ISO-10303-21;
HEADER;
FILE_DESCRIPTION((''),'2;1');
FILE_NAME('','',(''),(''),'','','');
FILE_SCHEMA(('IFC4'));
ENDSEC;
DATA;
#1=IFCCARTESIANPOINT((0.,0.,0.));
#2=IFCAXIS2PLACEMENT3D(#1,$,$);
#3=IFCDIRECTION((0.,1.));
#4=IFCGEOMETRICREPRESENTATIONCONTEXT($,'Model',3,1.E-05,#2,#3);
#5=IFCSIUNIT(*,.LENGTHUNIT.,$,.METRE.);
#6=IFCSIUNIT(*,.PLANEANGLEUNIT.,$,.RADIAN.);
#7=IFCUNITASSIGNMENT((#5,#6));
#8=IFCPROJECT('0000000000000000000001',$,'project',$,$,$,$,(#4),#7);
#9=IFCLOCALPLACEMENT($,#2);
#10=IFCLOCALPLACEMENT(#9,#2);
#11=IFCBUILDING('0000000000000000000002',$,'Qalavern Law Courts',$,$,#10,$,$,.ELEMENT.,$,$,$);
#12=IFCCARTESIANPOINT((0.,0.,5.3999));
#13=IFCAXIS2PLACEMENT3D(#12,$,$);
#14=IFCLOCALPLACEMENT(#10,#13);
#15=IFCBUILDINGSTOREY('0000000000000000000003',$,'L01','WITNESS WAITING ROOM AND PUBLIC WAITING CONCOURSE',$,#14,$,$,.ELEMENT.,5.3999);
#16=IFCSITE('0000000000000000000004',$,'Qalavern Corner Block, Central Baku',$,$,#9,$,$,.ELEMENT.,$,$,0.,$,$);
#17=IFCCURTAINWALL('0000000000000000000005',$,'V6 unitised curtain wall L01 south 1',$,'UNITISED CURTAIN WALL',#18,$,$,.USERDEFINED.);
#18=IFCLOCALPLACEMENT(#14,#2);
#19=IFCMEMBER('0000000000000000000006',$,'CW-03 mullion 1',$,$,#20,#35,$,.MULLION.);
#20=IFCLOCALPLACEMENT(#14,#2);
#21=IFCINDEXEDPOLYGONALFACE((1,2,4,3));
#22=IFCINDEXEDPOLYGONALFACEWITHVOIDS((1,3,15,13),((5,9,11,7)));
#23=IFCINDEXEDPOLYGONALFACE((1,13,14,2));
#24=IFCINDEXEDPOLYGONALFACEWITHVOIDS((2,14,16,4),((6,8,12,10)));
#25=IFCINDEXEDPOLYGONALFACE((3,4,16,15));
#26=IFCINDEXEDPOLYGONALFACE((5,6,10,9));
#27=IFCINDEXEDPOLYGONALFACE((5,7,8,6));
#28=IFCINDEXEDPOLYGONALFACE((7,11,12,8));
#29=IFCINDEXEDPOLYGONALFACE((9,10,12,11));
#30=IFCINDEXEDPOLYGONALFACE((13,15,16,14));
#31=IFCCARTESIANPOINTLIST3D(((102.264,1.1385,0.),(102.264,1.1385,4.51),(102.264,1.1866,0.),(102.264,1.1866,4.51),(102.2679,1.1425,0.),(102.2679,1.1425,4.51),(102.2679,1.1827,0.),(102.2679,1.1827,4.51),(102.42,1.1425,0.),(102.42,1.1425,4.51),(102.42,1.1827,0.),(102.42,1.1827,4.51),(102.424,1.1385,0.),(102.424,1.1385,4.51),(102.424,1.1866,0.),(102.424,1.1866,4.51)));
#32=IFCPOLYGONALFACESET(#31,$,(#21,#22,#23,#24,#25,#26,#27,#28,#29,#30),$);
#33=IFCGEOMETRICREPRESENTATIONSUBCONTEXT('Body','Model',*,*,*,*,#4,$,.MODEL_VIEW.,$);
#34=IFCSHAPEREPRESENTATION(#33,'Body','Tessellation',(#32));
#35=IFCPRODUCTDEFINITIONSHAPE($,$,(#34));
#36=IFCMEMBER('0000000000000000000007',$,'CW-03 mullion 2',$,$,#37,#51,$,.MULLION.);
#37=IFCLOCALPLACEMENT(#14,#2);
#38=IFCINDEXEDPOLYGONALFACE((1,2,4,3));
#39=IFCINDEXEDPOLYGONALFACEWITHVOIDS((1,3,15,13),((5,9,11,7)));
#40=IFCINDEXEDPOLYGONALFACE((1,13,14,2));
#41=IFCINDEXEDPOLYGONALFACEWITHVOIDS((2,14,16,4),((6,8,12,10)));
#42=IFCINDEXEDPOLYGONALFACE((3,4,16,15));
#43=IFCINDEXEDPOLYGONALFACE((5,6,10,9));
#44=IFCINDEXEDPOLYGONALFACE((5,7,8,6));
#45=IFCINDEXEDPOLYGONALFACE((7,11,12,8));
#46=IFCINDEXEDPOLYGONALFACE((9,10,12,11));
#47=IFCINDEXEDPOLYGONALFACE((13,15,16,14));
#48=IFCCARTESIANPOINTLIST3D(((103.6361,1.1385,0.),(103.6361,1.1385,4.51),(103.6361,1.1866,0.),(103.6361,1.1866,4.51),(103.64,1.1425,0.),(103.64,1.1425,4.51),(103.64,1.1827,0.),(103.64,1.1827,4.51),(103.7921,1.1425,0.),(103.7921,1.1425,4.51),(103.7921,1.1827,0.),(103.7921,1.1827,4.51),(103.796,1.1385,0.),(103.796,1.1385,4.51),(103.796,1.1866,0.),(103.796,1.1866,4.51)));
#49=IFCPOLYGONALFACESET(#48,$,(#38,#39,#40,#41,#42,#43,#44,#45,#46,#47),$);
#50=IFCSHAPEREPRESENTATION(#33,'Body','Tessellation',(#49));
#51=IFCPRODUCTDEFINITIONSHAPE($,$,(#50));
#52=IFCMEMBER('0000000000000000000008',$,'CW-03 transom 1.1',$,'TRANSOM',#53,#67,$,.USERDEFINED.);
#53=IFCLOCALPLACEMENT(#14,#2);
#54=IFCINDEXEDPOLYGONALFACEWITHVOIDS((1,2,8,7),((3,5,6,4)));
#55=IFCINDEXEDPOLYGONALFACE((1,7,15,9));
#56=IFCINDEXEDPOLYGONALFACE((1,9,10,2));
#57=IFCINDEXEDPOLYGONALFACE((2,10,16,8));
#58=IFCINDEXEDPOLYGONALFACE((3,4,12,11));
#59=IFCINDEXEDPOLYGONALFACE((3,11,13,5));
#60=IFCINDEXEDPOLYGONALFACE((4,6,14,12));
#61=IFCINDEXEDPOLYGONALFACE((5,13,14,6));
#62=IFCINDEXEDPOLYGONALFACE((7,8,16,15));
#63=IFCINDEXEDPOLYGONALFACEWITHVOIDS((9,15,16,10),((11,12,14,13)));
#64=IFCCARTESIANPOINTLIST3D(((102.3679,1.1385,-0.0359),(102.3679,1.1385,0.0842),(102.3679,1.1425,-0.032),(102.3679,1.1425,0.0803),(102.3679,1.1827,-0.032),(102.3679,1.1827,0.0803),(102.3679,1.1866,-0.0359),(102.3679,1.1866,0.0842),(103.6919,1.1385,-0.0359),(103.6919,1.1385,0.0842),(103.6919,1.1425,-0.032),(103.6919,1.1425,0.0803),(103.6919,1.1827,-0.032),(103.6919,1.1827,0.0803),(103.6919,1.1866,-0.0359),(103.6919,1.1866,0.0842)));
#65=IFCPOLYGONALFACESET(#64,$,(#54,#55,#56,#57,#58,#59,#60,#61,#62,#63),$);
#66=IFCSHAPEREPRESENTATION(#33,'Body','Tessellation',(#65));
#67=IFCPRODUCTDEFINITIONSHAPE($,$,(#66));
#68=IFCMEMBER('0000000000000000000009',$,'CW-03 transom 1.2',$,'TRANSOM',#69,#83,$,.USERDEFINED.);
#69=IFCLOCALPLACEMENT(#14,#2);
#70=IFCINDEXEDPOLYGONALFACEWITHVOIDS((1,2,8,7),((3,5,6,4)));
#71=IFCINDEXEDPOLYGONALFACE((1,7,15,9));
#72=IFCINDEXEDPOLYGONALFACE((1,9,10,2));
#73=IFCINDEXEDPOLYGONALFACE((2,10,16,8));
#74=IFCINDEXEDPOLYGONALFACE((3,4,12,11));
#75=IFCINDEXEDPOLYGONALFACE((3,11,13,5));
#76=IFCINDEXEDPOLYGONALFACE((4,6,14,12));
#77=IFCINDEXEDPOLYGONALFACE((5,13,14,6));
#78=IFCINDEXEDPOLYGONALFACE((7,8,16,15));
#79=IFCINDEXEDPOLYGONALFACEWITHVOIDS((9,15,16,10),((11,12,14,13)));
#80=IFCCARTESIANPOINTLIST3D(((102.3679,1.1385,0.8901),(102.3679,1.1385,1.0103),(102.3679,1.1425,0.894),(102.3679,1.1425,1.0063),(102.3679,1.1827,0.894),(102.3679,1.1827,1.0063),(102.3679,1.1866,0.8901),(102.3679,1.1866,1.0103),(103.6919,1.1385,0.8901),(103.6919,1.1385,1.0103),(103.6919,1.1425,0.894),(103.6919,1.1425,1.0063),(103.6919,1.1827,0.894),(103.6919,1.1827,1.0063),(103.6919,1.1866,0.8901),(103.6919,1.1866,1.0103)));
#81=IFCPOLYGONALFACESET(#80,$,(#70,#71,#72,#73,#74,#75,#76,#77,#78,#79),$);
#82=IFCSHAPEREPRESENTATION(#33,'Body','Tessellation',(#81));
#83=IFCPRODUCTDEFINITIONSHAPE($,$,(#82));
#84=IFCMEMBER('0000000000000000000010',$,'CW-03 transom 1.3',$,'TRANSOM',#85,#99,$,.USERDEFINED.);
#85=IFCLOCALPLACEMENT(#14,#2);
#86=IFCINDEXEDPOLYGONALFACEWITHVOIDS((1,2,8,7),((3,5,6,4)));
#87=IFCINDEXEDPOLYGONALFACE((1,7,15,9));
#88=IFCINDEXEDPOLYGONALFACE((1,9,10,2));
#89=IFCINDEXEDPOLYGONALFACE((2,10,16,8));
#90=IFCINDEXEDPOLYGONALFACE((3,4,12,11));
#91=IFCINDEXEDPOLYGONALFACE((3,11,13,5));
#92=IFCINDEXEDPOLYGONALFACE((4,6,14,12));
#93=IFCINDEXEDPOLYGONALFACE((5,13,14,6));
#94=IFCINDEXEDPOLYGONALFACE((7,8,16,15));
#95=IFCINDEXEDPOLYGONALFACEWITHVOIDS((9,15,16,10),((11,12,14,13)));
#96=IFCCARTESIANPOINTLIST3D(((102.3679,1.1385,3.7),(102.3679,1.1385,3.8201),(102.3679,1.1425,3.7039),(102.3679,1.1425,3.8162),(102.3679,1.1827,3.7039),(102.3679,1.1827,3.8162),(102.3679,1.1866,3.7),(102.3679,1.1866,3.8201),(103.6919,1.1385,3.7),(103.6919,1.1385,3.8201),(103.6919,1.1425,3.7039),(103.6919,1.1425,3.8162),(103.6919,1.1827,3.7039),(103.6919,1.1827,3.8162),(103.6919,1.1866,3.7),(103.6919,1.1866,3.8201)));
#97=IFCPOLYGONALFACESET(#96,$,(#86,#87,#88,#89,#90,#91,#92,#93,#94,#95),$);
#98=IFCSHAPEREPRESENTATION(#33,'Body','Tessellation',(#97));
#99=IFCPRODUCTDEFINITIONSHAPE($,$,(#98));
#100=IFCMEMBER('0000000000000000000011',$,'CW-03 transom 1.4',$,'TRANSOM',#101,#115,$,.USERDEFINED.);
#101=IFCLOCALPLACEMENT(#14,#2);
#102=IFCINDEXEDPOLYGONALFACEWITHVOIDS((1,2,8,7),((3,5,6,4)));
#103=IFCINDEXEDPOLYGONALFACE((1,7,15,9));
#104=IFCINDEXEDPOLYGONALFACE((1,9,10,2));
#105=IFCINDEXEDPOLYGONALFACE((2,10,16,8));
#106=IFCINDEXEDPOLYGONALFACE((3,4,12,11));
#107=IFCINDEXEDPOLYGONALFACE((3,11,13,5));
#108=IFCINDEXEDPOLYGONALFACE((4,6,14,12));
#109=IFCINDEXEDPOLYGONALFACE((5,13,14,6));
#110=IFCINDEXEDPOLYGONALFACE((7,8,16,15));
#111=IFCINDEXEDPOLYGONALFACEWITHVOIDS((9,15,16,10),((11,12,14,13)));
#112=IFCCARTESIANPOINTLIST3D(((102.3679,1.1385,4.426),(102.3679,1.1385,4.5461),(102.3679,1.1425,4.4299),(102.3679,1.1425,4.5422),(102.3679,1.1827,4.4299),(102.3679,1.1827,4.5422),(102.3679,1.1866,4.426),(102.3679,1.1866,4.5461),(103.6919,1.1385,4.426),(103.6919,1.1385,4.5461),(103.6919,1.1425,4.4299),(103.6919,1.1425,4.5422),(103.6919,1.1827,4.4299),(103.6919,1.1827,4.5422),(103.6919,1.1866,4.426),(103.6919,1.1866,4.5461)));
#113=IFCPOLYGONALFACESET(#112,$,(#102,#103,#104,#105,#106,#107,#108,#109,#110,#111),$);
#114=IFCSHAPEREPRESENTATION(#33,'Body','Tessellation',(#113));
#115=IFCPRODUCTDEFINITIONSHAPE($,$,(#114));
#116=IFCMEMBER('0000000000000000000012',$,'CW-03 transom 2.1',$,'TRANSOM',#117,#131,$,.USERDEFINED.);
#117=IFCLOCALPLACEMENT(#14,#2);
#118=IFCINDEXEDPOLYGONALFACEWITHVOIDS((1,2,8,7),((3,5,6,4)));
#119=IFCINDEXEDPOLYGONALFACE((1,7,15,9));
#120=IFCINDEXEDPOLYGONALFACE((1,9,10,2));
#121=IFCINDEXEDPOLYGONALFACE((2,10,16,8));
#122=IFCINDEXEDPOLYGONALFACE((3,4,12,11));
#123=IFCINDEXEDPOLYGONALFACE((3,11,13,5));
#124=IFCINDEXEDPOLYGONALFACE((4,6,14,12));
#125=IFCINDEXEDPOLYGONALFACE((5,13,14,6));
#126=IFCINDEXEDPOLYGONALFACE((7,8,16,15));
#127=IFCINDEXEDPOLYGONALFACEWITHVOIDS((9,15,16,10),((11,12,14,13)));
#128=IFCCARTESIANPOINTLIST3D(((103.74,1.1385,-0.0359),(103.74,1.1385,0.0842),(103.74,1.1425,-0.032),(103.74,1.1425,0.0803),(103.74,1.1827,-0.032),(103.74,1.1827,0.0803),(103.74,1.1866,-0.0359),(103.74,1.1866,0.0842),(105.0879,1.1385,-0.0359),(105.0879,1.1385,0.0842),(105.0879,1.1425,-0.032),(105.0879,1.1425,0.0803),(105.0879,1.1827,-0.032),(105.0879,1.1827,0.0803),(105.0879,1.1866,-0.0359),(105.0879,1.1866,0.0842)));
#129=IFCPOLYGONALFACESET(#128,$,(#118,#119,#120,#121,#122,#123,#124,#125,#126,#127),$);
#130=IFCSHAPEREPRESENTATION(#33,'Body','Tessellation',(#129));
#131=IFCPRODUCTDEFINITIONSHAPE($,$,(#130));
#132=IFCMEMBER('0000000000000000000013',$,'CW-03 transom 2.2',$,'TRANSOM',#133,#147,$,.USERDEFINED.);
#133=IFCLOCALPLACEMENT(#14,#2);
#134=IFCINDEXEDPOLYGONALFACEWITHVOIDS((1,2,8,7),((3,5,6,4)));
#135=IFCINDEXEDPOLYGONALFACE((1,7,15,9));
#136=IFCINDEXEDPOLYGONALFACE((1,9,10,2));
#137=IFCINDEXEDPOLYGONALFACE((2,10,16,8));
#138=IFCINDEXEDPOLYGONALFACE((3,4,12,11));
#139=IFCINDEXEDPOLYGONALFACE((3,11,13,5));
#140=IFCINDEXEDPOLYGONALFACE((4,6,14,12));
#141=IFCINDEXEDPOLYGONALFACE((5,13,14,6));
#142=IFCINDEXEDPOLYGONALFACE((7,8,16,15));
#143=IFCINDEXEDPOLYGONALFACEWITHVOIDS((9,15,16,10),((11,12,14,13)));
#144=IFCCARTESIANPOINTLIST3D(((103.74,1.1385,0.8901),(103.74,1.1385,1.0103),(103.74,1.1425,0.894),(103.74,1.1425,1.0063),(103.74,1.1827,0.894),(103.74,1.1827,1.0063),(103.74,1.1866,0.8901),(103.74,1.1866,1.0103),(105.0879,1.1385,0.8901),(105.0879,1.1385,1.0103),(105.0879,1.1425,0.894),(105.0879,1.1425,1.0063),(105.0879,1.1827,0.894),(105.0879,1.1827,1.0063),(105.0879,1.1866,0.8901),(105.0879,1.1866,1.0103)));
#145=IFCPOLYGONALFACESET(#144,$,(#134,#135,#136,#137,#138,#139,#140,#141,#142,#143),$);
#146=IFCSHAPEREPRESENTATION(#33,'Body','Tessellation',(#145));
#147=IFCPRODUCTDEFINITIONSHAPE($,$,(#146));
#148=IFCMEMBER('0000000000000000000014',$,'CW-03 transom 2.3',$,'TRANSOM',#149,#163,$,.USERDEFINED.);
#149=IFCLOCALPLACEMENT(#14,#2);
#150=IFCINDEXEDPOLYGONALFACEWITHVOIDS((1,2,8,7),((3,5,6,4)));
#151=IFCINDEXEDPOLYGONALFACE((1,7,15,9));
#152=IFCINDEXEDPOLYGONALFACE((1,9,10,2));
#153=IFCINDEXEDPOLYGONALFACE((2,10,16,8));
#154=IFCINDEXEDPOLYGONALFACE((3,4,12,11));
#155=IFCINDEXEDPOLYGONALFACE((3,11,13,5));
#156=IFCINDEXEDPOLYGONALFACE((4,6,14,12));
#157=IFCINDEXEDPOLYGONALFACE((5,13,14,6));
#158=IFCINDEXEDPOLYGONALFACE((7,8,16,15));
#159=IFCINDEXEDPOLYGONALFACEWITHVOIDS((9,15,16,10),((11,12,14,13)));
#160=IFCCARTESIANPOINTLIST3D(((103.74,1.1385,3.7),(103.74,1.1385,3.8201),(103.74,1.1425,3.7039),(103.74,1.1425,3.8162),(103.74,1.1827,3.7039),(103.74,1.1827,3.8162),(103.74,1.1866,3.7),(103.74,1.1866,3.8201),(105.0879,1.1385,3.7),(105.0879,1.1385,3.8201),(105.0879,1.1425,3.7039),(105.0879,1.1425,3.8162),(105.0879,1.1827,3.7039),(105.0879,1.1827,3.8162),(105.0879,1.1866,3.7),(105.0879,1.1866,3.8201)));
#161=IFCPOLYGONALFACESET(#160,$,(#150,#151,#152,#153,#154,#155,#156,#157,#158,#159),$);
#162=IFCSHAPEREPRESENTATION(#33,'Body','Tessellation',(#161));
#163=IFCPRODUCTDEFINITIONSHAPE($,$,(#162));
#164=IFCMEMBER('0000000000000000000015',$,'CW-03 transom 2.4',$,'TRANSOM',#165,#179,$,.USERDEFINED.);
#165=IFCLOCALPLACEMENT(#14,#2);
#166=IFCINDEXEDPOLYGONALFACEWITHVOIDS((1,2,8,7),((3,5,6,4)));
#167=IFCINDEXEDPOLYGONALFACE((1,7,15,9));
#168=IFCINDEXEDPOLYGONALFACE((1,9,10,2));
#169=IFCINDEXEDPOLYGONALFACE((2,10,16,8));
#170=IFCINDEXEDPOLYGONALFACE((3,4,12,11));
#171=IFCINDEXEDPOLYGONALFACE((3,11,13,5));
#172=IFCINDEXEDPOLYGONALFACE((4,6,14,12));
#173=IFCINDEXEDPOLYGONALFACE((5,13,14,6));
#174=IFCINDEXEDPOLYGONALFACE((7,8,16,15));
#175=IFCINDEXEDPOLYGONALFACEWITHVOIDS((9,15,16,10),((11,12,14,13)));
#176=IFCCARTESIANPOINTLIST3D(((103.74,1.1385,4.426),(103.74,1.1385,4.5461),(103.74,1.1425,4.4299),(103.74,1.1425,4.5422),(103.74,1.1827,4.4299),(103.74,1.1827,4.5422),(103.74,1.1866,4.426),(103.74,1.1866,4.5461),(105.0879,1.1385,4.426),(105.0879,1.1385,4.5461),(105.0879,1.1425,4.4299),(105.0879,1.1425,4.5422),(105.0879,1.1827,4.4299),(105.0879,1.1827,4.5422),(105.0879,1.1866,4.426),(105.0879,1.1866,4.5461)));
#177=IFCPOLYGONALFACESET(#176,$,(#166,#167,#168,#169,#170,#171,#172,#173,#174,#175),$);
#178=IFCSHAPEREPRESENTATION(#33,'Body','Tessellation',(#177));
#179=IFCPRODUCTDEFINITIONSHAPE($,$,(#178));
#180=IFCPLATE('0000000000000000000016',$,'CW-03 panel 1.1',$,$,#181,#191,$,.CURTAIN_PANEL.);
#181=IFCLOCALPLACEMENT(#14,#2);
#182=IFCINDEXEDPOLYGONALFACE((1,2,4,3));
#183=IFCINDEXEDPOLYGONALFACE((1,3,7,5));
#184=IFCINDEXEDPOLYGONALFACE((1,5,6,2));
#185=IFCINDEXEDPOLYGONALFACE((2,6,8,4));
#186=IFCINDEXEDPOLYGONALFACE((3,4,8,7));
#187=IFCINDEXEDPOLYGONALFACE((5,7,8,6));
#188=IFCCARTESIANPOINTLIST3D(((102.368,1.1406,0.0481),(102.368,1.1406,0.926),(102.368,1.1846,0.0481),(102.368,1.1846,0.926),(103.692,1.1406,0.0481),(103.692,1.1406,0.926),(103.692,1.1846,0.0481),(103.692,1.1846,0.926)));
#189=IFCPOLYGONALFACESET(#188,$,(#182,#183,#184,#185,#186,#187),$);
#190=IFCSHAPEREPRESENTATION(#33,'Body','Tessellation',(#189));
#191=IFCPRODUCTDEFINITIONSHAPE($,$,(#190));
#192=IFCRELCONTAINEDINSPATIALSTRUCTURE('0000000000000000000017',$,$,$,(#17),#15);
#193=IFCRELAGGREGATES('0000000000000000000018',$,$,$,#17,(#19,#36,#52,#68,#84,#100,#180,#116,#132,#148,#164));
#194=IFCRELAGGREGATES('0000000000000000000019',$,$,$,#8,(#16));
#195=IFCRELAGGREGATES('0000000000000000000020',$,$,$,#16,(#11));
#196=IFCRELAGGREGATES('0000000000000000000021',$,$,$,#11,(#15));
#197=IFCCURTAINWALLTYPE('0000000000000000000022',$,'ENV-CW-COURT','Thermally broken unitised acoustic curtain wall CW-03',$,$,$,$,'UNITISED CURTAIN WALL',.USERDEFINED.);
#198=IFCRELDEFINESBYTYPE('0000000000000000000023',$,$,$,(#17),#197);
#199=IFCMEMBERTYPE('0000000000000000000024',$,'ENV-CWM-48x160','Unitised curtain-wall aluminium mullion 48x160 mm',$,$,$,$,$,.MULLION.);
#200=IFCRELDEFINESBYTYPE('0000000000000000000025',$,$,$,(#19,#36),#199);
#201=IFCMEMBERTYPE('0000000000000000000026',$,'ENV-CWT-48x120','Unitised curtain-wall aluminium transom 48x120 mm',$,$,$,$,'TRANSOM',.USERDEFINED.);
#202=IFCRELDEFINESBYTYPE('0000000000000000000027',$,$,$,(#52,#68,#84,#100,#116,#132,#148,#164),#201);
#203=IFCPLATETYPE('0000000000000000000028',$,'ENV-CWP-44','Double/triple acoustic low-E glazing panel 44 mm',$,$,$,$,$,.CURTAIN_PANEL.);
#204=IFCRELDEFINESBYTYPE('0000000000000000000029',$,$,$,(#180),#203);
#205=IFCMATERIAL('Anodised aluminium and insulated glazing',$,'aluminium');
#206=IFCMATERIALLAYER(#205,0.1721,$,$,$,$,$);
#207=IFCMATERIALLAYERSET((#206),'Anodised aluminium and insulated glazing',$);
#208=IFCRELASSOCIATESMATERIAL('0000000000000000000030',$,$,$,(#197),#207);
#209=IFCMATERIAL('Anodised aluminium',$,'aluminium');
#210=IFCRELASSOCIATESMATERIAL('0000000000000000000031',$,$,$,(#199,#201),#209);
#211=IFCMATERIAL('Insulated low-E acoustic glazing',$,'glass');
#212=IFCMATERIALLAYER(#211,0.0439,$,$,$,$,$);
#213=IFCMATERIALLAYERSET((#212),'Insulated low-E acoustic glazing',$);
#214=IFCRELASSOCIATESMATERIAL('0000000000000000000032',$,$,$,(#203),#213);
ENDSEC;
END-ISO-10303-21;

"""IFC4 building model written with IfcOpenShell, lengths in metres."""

from ifc_helpers import new_model, si_unit, direction, frame, origin, origin_2d, place, context, subcontext, project, spatial, rectangle, hollow_rectangle, extrude, material, layer, layer_set, material_profile, profile_set, type_object, element, aggregate, save


model = new_model("IFC4")

# Units and contexts
model_context = context("Model", 3, precision=1e-05, world=origin(), true_north=direction((0.0, 1.0)))
body_context = subcontext(model_context, "Body", "Model", "MODEL_VIEW")
ifc_project = project(units=[si_unit("LENGTHUNIT", "METRE"), si_unit("PLANEANGLEUNIT", "RADIAN")], contexts=[model_context])

# Site, building, storey
site_placement = place(None, origin())
site = spatial("IfcSite", under=ifc_project, at=site_placement, Name="Qalavern Corner Block, Central Baku", CompositionType="ELEMENT", RefElevation=0.0)
building_placement = place(site_placement, origin())
building = spatial("IfcBuilding", under=site, at=building_placement, Name="Qalavern Law Courts", CompositionType="ELEMENT")
storey_placement = place(building_placement, frame((0.0, 0.0, 5.3999)))
storey = spatial("IfcBuildingStorey", under=building, at=storey_placement, Name="L01", Description="WITNESS WAITING ROOM AND PUBLIC WAITING CONCOURSE", CompositionType="ELEMENT", Elevation=5.3999)

# Curtain wall, members, plate
ifc_material_1 = material(Name="Anodised aluminium and insulated glazing", Category="aluminium")
ifc_layer_1 = layer(ifc_material_1, 0.1721)
ifc_layer_set_1 = layer_set([ifc_layer_1], Name="Anodised aluminium and insulated glazing")
curtain_wall_type = type_object("IfcCurtainWallType", Name="ENV-CW-COURT", Description="Thermally broken unitised acoustic curtain wall CW-03", ElementType="UNITISED CURTAIN WALL", PredefinedType="USERDEFINED", material=ifc_layer_set_1)
curtain_wall_placement = place(storey_placement, origin())
curtain_wall = element("IfcCurtainWall", 1, at=curtain_wall_placement, inside=storey, type_object=curtain_wall_type, Name="V6 unitised curtain wall L01 south 1", ObjectType="UNITISED CURTAIN WALL", PredefinedType="USERDEFINED")
ifc_material_2 = material(Name="Anodised aluminium", Category="aluminium")
ifc_material_profile_1 = material_profile(ifc_material_2, hollow_rectangle(XDim=0.0481, YDim=0.1599, WallThickness=0.0039, at=origin_2d()), Name="ALU MULLION 48x160")
ifc_profile_set_1 = profile_set([ifc_material_profile_1], Name="Anodised aluminium")
member_type_1 = type_object("IfcMemberType", Name="ENV-CWM-48x160", Description="Unitised curtain-wall aluminium mullion 48x160 mm", PredefinedType="MULLION", material=ifc_profile_set_1)
member_1_placement = place(storey_placement, frame((102.344, 1.1626, 0.0), z_axis=(0.0, 0.0, 1.0), x_axis=(0.0, 1.0, 0.0)))
member_1 = element("IfcMember", 2, at=member_1_placement, type_object=member_type_1, Name="CW-03 mullion 1", PredefinedType="MULLION", context=body_context, shape_type="SweptSolid", body=[
    extrude(hollow_rectangle(XDim=0.0481, YDim=0.1599, WallThickness=0.0039, at=origin_2d()), origin(), (0.0, 0.0, 1.0), 4.51),
])
member_2_placement = place(storey_placement, frame((103.7161, 1.1626, 0.0), z_axis=(0.0, 0.0, 1.0), x_axis=(0.0, 1.0, 0.0)))
member_2 = element("IfcMember", 3, at=member_2_placement, type_object=member_type_1, Name="CW-03 mullion 2", PredefinedType="MULLION", context=body_context, shape_type="SweptSolid", body=[
    extrude(hollow_rectangle(XDim=0.0481, YDim=0.1599, WallThickness=0.0039, at=origin_2d()), origin(), (0.0, 0.0, 1.0), 4.51),
])
ifc_material_profile_2 = material_profile(ifc_material_2, hollow_rectangle(XDim=0.0481, YDim=0.1201, WallThickness=0.0039, at=origin_2d()), Name="ALU TRANSOM 48x120")
ifc_profile_set_2 = profile_set([ifc_material_profile_2], Name="Anodised aluminium")
member_type_2 = type_object("IfcMemberType", Name="ENV-CWT-48x120", Description="Unitised curtain-wall aluminium transom 48x120 mm", ElementType="TRANSOM", PredefinedType="USERDEFINED", material=ifc_profile_set_2)
member_3_placement = place(storey_placement, frame((102.3679, 1.1626, 0.0242), z_axis=(1.0, 0.0, 0.0), x_axis=(0.0, 1.0, 0.0)))
member_3 = element("IfcMember", 4, at=member_3_placement, type_object=member_type_2, Name="CW-03 transom 1.1", ObjectType="TRANSOM", PredefinedType="USERDEFINED", context=body_context, shape_type="SweptSolid", body=[
    extrude(hollow_rectangle(XDim=0.0481, YDim=0.1201, WallThickness=0.0039, at=origin_2d()), origin(), (0.0, 0.0, 1.0), 1.324),
])
member_4_placement = place(storey_placement, frame((102.3679, 1.1626, 0.9502), z_axis=(1.0, 0.0, 0.0), x_axis=(0.0, 1.0, 0.0)))
member_4 = element("IfcMember", 5, at=member_4_placement, type_object=member_type_2, Name="CW-03 transom 1.2", ObjectType="TRANSOM", PredefinedType="USERDEFINED", context=body_context, shape_type="SweptSolid", body=[
    extrude(hollow_rectangle(XDim=0.0481, YDim=0.1201, WallThickness=0.0039, at=origin_2d()), origin(), (0.0, 0.0, 1.0), 1.324),
])
member_5_placement = place(storey_placement, frame((102.3679, 1.1626, 3.76), z_axis=(1.0, 0.0, 0.0), x_axis=(0.0, 1.0, 0.0)))
member_5 = element("IfcMember", 6, at=member_5_placement, type_object=member_type_2, Name="CW-03 transom 1.3", ObjectType="TRANSOM", PredefinedType="USERDEFINED", context=body_context, shape_type="SweptSolid", body=[
    extrude(hollow_rectangle(XDim=0.0481, YDim=0.1201, WallThickness=0.0039, at=origin_2d()), origin(), (0.0, 0.0, 1.0), 1.324),
])
member_6_placement = place(storey_placement, frame((102.3679, 1.1626, 4.4861), z_axis=(1.0, 0.0, 0.0), x_axis=(0.0, 1.0, 0.0)))
member_6 = element("IfcMember", 7, at=member_6_placement, type_object=member_type_2, Name="CW-03 transom 1.4", ObjectType="TRANSOM", PredefinedType="USERDEFINED", context=body_context, shape_type="SweptSolid", body=[
    extrude(hollow_rectangle(XDim=0.0481, YDim=0.1201, WallThickness=0.0039, at=origin_2d()), origin(), (0.0, 0.0, 1.0), 1.324),
])
member_7_placement = place(storey_placement, frame((103.74, 1.1626, 0.0242), z_axis=(1.0, 0.0, 0.0), x_axis=(0.0, 1.0, 0.0)))
member_7 = element("IfcMember", 8, at=member_7_placement, type_object=member_type_2, Name="CW-03 transom 2.1", ObjectType="TRANSOM", PredefinedType="USERDEFINED", context=body_context, shape_type="SweptSolid", body=[
    extrude(hollow_rectangle(XDim=0.0481, YDim=0.1201, WallThickness=0.0039, at=origin_2d()), origin(), (0.0, 0.0, 1.0), 1.3479),
])
member_8_placement = place(storey_placement, frame((103.74, 1.1626, 0.9502), z_axis=(1.0, 0.0, 0.0), x_axis=(0.0, 1.0, 0.0)))
member_8 = element("IfcMember", 9, at=member_8_placement, type_object=member_type_2, Name="CW-03 transom 2.2", ObjectType="TRANSOM", PredefinedType="USERDEFINED", context=body_context, shape_type="SweptSolid", body=[
    extrude(hollow_rectangle(XDim=0.0481, YDim=0.1201, WallThickness=0.0039, at=origin_2d()), origin(), (0.0, 0.0, 1.0), 1.3479),
])
member_9_placement = place(storey_placement, frame((103.74, 1.1626, 3.76), z_axis=(1.0, 0.0, 0.0), x_axis=(0.0, 1.0, 0.0)))
member_9 = element("IfcMember", 10, at=member_9_placement, type_object=member_type_2, Name="CW-03 transom 2.3", ObjectType="TRANSOM", PredefinedType="USERDEFINED", context=body_context, shape_type="SweptSolid", body=[
    extrude(hollow_rectangle(XDim=0.0481, YDim=0.1201, WallThickness=0.0039, at=origin_2d()), origin(), (0.0, 0.0, 1.0), 1.3479),
])
member_10_placement = place(storey_placement, frame((103.74, 1.1626, 4.4861), z_axis=(1.0, 0.0, 0.0), x_axis=(0.0, 1.0, 0.0)))
member_10 = element("IfcMember", 11, at=member_10_placement, type_object=member_type_2, Name="CW-03 transom 2.4", ObjectType="TRANSOM", PredefinedType="USERDEFINED", context=body_context, shape_type="SweptSolid", body=[
    extrude(hollow_rectangle(XDim=0.0481, YDim=0.1201, WallThickness=0.0039, at=origin_2d()), origin(), (0.0, 0.0, 1.0), 1.3479),
])
ifc_material_3 = material(Name="Insulated low-E acoustic glazing", Category="glass")
ifc_layer_2 = layer(ifc_material_3, 0.0439)
ifc_layer_set_2 = layer_set([ifc_layer_2], Name="Insulated low-E acoustic glazing")
plate_type = type_object("IfcPlateType", Name="ENV-CWP-44", Description="Double/triple acoustic low-E glazing panel 44 mm", PredefinedType="CURTAIN_PANEL", material=ifc_layer_set_2)
plate_1_placement = place(storey_placement, frame((103.03, 1.1626, 0.0481), z_axis=(0.0, 0.0, 1.0), x_axis=(1.0, 0.0, 0.0)))
plate_1 = element("IfcPlate", 12, at=plate_1_placement, type_object=plate_type, Name="CW-03 panel 1.1", PredefinedType="CURTAIN_PANEL", context=body_context, shape_type="SweptSolid", body=[
    extrude(rectangle(XDim=1.324, YDim=0.0439, at=origin_2d()), origin(), (0.0, 0.0, 1.0), 0.8779),
])
aggregate(curtain_wall, [member_1, member_2, member_3, member_4, member_5, member_6, plate_1, member_7, member_8, member_9, member_10])

save(model, "model.ifc")
